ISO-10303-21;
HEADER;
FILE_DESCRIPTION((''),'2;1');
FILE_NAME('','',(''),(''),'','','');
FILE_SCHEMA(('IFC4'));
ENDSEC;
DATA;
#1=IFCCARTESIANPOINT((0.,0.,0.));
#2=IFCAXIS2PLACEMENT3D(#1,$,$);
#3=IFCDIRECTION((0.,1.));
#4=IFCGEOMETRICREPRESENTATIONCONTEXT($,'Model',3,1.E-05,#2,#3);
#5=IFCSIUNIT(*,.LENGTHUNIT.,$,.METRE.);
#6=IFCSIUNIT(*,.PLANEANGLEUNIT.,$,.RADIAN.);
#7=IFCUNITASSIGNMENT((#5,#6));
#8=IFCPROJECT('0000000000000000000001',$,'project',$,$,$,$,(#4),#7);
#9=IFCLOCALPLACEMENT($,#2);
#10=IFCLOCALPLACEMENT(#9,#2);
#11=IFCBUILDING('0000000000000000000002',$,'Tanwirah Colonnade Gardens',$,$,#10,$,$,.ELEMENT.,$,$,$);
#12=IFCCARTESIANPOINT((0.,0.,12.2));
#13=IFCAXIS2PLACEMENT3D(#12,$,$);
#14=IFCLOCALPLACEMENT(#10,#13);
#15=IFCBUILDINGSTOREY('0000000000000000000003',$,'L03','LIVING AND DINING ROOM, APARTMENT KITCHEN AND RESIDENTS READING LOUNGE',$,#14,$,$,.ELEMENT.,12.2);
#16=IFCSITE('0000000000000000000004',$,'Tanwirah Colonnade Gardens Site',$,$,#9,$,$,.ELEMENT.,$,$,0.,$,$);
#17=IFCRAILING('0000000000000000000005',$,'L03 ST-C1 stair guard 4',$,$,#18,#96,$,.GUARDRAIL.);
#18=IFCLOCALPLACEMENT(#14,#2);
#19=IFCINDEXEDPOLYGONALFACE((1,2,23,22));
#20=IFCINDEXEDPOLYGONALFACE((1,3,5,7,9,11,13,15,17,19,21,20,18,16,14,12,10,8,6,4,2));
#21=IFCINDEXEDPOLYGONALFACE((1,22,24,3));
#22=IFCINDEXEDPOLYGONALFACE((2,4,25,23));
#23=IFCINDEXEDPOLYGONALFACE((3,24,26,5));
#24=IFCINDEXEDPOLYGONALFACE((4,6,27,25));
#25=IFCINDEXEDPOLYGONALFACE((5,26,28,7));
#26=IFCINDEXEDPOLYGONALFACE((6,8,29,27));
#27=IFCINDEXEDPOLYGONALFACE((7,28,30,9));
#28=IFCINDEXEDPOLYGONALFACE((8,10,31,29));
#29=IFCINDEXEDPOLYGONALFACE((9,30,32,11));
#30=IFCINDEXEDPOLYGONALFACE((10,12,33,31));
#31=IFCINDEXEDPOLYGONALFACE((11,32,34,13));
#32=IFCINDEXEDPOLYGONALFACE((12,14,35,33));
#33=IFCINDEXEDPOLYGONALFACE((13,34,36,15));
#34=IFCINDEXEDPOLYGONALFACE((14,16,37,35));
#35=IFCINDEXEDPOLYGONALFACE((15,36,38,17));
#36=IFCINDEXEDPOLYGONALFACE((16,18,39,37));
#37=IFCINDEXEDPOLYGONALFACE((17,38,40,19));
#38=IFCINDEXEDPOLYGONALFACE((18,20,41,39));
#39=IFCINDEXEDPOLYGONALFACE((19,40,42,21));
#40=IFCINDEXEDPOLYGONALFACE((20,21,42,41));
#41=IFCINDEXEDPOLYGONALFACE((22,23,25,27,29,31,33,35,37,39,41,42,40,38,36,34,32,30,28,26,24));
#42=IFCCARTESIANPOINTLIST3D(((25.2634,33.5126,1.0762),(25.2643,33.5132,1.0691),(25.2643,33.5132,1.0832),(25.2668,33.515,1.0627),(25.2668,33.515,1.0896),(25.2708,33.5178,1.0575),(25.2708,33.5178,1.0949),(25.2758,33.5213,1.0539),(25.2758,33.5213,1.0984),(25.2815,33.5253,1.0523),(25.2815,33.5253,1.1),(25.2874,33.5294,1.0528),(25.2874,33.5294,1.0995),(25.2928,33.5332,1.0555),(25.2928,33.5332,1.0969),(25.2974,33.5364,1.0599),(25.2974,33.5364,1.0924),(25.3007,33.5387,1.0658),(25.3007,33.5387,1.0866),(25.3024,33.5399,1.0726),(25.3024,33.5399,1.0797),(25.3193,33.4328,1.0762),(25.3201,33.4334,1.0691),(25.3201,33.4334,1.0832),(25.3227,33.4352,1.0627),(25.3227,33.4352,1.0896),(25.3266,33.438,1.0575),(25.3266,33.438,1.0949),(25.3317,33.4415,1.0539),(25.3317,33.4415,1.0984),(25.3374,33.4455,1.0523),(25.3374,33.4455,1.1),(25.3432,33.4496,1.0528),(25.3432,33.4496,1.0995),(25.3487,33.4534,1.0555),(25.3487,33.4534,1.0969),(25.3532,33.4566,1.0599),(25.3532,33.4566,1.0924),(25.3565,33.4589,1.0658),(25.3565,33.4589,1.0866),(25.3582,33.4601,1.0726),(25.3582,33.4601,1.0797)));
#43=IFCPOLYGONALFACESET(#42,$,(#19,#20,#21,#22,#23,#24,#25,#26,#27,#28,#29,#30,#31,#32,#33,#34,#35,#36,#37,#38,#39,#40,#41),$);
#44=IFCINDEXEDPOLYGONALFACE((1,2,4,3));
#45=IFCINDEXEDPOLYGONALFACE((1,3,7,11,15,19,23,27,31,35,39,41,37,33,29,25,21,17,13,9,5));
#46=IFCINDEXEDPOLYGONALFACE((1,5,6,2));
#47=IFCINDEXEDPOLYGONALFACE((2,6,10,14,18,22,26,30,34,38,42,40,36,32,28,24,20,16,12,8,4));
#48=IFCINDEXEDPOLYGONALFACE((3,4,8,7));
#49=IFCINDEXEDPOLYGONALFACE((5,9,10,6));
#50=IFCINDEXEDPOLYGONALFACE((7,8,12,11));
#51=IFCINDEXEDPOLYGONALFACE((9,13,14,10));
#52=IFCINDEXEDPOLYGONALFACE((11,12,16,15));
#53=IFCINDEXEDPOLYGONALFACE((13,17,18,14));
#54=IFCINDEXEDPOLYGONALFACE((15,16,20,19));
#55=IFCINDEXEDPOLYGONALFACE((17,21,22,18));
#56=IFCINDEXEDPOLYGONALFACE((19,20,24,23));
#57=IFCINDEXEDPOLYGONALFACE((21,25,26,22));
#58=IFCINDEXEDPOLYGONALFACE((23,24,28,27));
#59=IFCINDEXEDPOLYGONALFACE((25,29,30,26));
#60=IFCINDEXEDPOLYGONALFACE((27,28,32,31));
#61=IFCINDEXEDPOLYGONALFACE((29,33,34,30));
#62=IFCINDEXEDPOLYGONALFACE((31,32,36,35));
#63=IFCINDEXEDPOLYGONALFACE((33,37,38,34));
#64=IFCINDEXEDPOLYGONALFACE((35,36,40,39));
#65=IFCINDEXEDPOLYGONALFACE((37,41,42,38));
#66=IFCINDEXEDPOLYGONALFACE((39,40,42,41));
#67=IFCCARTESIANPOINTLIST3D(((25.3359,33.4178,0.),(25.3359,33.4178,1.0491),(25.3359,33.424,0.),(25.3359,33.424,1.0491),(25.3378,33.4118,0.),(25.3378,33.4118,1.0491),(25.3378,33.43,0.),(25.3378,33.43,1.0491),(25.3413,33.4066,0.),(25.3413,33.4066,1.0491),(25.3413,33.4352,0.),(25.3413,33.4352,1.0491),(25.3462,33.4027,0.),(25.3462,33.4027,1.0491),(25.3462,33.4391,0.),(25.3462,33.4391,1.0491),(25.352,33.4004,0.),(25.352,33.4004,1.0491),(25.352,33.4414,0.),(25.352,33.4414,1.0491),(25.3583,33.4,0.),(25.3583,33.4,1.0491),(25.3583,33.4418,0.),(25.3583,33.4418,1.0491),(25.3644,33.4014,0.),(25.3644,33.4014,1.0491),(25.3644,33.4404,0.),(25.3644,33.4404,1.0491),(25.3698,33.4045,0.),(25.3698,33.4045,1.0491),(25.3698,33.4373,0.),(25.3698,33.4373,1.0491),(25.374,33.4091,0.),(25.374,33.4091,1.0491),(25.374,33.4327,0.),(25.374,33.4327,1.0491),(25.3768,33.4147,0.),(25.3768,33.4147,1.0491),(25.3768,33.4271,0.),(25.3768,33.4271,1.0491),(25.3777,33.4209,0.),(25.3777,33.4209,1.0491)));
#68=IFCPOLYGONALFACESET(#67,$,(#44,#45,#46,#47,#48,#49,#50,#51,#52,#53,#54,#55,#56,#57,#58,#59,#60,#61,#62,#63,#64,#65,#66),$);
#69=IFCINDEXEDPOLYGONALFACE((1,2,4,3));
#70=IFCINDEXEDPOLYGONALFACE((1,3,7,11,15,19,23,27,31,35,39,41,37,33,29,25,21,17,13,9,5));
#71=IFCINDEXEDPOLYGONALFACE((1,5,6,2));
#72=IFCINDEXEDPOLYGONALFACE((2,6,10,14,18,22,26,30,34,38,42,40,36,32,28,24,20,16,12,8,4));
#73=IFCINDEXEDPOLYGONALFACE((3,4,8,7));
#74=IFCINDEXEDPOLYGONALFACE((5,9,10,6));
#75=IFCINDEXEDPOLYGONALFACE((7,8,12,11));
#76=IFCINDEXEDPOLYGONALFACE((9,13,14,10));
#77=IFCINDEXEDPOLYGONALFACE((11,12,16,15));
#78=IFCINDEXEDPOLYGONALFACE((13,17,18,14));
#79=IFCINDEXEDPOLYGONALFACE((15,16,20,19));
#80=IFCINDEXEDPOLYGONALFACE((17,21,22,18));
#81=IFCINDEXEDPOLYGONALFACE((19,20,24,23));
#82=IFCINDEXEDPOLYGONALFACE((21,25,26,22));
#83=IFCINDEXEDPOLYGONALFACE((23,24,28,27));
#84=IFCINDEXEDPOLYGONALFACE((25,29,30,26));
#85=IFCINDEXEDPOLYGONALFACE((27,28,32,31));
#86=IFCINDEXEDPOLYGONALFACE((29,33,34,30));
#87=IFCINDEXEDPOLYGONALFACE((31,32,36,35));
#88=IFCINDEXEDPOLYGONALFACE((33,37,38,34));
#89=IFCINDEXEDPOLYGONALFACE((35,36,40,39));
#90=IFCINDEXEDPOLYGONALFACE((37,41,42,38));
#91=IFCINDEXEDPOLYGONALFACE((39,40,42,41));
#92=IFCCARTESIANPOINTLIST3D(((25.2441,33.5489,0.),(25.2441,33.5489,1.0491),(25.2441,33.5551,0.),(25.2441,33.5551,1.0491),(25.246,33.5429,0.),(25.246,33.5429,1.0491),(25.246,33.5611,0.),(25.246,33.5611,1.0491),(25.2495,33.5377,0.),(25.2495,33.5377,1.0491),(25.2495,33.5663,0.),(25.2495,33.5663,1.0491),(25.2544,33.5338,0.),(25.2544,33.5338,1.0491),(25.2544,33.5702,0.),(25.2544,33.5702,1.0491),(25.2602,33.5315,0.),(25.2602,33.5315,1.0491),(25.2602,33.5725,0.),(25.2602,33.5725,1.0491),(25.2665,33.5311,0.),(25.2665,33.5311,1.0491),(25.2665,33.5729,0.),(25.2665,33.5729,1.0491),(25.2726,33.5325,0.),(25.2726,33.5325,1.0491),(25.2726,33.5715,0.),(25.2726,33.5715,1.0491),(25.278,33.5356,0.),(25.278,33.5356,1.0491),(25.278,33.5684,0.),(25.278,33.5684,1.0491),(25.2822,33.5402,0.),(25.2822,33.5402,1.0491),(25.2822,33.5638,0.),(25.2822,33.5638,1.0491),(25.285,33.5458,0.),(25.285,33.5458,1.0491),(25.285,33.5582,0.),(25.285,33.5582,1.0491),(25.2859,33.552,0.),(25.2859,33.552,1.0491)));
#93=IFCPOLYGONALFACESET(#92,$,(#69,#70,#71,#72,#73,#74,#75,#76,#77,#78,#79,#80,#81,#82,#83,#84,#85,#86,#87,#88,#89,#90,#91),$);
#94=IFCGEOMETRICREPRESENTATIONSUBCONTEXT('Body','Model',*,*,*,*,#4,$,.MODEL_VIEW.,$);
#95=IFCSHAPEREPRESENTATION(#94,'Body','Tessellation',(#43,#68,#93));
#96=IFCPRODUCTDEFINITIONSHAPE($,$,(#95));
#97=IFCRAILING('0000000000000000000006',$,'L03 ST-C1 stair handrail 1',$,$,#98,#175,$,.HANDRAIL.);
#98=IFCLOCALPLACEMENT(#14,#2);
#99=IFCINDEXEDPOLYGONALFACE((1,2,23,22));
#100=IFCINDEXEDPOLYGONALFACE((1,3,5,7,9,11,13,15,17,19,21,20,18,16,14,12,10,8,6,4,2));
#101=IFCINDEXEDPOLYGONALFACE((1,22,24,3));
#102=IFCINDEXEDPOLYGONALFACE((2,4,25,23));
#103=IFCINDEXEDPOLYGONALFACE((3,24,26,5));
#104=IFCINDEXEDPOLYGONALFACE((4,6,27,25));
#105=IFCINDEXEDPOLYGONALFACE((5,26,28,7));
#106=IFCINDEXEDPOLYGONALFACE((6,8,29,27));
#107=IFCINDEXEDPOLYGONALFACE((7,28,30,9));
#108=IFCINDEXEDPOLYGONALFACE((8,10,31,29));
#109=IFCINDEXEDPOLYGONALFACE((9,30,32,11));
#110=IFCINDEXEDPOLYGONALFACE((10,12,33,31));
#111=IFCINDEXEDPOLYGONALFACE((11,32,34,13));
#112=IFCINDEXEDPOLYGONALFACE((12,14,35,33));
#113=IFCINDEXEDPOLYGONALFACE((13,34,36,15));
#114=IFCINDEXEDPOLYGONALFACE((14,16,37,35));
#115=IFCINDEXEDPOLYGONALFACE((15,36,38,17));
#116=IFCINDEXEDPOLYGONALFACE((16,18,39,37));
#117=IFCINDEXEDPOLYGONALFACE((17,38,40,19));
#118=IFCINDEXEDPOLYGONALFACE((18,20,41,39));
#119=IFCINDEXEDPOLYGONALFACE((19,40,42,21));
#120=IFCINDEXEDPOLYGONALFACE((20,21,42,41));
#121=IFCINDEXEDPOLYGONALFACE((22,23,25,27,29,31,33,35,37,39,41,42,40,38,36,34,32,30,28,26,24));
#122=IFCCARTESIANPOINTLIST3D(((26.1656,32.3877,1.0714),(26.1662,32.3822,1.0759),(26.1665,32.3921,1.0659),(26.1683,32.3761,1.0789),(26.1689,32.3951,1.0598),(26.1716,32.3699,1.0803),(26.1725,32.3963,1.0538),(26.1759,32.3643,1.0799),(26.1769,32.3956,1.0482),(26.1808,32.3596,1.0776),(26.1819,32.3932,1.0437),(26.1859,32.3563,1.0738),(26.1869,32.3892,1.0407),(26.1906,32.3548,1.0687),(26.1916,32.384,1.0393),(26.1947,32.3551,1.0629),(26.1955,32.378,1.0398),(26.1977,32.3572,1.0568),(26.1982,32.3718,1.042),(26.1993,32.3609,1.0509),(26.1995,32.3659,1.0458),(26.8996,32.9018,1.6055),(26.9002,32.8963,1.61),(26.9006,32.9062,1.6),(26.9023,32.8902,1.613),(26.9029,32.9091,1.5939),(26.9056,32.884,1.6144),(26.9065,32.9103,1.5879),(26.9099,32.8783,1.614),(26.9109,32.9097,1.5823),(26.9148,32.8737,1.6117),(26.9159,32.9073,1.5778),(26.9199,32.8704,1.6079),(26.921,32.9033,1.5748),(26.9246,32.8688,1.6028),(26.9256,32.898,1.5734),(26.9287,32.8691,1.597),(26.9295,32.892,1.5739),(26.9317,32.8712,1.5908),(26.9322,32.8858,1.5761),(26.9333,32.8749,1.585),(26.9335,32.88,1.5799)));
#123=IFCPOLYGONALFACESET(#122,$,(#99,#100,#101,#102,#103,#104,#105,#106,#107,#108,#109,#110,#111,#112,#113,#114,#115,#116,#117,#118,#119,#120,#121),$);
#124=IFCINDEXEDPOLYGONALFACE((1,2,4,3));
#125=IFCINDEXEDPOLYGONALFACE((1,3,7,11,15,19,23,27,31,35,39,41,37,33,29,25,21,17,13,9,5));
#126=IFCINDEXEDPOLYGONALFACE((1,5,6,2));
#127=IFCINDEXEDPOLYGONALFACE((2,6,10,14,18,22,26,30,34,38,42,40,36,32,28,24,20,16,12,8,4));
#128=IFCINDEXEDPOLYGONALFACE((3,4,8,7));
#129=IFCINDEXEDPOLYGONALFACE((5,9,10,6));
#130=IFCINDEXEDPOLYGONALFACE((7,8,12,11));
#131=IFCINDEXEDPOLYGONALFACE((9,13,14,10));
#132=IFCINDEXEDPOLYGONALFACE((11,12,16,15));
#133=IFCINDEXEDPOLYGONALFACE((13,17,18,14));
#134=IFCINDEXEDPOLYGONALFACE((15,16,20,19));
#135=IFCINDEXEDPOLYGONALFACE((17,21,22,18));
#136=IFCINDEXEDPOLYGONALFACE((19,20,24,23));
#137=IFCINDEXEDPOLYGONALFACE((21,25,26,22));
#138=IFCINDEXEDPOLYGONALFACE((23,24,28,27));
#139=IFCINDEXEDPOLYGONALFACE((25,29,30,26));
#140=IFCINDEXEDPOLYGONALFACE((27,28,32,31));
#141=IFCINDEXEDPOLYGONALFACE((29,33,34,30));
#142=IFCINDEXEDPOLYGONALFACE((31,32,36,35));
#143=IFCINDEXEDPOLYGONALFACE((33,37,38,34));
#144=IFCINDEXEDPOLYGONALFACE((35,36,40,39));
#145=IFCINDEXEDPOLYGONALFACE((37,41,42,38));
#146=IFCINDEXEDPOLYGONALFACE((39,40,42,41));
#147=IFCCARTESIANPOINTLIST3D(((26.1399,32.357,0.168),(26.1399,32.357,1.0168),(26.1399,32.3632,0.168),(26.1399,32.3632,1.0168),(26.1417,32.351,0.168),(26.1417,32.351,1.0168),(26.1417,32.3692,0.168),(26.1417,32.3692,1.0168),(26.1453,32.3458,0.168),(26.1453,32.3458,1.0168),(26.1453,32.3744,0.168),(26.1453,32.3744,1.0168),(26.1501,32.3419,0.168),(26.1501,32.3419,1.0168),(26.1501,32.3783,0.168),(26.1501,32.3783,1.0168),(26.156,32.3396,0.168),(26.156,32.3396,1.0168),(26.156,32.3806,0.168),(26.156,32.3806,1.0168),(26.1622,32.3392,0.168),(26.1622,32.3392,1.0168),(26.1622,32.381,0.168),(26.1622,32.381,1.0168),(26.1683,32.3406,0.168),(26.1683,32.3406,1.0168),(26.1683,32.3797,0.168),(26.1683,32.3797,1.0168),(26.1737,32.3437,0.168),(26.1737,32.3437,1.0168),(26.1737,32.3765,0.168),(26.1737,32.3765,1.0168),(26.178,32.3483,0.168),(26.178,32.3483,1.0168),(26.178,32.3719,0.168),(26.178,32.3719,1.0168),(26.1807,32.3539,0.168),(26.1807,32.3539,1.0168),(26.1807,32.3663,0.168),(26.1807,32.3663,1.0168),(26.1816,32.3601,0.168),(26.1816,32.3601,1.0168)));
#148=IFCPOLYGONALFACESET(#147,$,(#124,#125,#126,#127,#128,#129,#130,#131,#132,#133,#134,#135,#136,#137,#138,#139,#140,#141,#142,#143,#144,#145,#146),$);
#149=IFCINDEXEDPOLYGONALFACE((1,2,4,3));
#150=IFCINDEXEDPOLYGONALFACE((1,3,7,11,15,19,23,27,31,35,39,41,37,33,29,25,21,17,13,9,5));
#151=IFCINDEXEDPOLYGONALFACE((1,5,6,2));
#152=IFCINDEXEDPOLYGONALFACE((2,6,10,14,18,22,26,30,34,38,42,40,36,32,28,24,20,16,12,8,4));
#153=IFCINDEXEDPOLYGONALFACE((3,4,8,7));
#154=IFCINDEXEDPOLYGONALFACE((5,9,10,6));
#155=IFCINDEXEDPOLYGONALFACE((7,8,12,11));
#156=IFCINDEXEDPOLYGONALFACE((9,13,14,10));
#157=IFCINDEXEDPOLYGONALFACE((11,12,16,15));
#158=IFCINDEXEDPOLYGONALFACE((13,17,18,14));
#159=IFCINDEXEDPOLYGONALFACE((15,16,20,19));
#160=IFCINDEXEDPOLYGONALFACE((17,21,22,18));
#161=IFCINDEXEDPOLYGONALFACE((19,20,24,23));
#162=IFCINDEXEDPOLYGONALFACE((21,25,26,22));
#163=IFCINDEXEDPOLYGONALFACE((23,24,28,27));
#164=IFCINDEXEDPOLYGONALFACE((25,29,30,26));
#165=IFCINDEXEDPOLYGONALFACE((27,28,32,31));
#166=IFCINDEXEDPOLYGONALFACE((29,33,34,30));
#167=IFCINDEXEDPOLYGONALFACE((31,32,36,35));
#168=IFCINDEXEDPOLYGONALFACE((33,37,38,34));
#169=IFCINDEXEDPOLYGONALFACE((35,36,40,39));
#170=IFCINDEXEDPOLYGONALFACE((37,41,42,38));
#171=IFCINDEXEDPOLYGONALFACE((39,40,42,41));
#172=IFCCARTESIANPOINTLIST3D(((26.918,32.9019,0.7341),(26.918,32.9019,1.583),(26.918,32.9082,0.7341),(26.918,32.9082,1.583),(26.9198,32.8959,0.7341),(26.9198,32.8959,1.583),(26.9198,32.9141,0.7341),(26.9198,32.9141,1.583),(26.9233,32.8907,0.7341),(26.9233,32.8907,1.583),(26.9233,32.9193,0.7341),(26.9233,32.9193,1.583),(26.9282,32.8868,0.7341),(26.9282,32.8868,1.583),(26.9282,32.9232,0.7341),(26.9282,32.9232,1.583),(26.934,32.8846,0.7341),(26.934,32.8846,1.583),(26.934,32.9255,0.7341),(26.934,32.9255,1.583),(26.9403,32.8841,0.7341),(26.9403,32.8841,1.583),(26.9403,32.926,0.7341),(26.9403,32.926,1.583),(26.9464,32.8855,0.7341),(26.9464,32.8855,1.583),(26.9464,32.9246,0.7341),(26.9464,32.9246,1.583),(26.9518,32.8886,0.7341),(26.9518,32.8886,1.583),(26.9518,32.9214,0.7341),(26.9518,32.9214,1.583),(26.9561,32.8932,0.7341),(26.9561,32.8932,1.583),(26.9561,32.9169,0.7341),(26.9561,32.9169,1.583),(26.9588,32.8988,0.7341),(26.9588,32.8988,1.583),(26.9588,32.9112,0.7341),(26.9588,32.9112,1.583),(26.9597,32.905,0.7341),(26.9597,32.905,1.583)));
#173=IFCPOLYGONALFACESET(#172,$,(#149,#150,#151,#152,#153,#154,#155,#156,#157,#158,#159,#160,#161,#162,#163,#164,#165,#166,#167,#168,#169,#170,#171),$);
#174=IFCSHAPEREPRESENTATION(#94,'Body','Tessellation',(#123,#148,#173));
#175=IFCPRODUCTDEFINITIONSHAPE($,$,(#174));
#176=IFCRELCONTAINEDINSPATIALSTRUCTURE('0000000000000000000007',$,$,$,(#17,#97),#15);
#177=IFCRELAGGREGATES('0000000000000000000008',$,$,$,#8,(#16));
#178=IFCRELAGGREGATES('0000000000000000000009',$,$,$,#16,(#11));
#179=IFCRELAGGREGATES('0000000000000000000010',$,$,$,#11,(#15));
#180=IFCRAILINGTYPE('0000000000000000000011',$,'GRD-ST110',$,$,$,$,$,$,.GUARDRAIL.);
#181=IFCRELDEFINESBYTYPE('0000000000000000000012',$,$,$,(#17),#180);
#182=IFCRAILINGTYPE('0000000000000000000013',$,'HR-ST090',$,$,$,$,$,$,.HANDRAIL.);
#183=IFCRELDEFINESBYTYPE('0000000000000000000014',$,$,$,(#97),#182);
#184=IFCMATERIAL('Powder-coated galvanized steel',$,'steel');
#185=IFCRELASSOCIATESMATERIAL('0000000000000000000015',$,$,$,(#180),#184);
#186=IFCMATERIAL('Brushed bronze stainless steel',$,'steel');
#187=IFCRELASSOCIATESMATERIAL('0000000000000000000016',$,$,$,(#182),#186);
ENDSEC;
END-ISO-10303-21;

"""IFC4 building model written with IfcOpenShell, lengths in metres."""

from ifc_helpers import new_model, si_unit, direction, frame, origin, origin_2d, place, context, subcontext, project, spatial, circle, extrude, material, type_object, element, save


model = new_model("IFC4")

# Units and contexts
model_context = context("Model", 3, precision=1e-05, world=origin(), true_north=direction((0.0, 1.0)))
body_context = subcontext(model_context, "Body", "Model", "MODEL_VIEW")
ifc_project = project(units=[si_unit("LENGTHUNIT", "METRE"), si_unit("PLANEANGLEUNIT", "RADIAN")], contexts=[model_context])

# Site, building, storey
site_placement = place(None, origin())
site = spatial("IfcSite", under=ifc_project, at=site_placement, Name="Tanwirah Colonnade Gardens Site", CompositionType="ELEMENT", RefElevation=0.0)
building_placement = place(site_placement, origin())
building = spatial("IfcBuilding", under=site, at=building_placement, Name="Tanwirah Colonnade Gardens", CompositionType="ELEMENT")
storey_placement = place(building_placement, frame((0.0, 0.0, 12.2)))
storey = spatial("IfcBuildingStorey", under=building, at=storey_placement, Name="L03", Description="LIVING AND DINING ROOM, APARTMENT KITCHEN AND RESIDENTS READING LOUNGE", CompositionType="ELEMENT", Elevation=12.2)

# Railings
ifc_material_1 = material(Name="Powder-coated galvanized steel", Category="steel")
railing_type_1 = type_object("IfcRailingType", Name="GRD-ST110", PredefinedType="GUARDRAIL", material=ifc_material_1)
railing_1_placement = place(storey_placement, frame((25.3567, 33.4209, 0.0)))
element("IfcRailing", 1, at=railing_1_placement, inside=storey, type_object=railing_type_1, Name="L03 ST-C1 stair guard 4", PredefinedType="GUARDRAIL", context=body_context, shape_type="SweptSolid", body=[
    extrude(circle(Radius=0.0239, at=origin_2d()), frame((-0.0178, 0.0256, 1.0762), z_axis=(-0.573565, 0.81916, 0.0), x_axis=(-0.81916, -0.573565, 0.0)), (0.0, 0.0, 1.0), 0.0974),
    extrude(circle(Radius=0.021, at=origin_2d()), origin(), (0.0, 0.0, 1.0), 1.0491),
    extrude(circle(Radius=0.021, at=origin_2d()), frame((-0.0918, 0.1311, 0.0)), (0.0, 0.0, 1.0), 1.0491),
])
ifc_material_2 = material(Name="Brushed bronze stainless steel", Category="steel")
railing_type_2 = type_object("IfcRailingType", Name="HR-ST090", PredefinedType="HANDRAIL", material=ifc_material_2)
railing_2_placement = place(storey_placement, frame((26.1606, 32.3601, 0.168)))
element("IfcRailing", 2, at=railing_2_placement, inside=storey, type_object=railing_type_2, Name="L03 ST-C1 stair handrail 1", PredefinedType="HANDRAIL", context=body_context, shape_type="SweptSolid", body=[
    extrude(circle(Radius=0.0239, at=origin_2d()), frame((0.022, 0.0154, 0.8918), z_axis=(0.703607, 0.492767, 0.511975), x_axis=(-0.573652, 0.819099, 0.0)), (0.0, 0.0, 1.0), 1.0432),
    extrude(circle(Radius=0.021, at=origin_2d()), origin(), (0.0, 0.0, 1.0), 0.8489),
    extrude(circle(Radius=0.021, at=origin_2d()), frame((0.7781, 0.5449, 0.5662)), (0.0, 0.0, 1.0), 0.8489),
])

save(model, "model.ifc")
